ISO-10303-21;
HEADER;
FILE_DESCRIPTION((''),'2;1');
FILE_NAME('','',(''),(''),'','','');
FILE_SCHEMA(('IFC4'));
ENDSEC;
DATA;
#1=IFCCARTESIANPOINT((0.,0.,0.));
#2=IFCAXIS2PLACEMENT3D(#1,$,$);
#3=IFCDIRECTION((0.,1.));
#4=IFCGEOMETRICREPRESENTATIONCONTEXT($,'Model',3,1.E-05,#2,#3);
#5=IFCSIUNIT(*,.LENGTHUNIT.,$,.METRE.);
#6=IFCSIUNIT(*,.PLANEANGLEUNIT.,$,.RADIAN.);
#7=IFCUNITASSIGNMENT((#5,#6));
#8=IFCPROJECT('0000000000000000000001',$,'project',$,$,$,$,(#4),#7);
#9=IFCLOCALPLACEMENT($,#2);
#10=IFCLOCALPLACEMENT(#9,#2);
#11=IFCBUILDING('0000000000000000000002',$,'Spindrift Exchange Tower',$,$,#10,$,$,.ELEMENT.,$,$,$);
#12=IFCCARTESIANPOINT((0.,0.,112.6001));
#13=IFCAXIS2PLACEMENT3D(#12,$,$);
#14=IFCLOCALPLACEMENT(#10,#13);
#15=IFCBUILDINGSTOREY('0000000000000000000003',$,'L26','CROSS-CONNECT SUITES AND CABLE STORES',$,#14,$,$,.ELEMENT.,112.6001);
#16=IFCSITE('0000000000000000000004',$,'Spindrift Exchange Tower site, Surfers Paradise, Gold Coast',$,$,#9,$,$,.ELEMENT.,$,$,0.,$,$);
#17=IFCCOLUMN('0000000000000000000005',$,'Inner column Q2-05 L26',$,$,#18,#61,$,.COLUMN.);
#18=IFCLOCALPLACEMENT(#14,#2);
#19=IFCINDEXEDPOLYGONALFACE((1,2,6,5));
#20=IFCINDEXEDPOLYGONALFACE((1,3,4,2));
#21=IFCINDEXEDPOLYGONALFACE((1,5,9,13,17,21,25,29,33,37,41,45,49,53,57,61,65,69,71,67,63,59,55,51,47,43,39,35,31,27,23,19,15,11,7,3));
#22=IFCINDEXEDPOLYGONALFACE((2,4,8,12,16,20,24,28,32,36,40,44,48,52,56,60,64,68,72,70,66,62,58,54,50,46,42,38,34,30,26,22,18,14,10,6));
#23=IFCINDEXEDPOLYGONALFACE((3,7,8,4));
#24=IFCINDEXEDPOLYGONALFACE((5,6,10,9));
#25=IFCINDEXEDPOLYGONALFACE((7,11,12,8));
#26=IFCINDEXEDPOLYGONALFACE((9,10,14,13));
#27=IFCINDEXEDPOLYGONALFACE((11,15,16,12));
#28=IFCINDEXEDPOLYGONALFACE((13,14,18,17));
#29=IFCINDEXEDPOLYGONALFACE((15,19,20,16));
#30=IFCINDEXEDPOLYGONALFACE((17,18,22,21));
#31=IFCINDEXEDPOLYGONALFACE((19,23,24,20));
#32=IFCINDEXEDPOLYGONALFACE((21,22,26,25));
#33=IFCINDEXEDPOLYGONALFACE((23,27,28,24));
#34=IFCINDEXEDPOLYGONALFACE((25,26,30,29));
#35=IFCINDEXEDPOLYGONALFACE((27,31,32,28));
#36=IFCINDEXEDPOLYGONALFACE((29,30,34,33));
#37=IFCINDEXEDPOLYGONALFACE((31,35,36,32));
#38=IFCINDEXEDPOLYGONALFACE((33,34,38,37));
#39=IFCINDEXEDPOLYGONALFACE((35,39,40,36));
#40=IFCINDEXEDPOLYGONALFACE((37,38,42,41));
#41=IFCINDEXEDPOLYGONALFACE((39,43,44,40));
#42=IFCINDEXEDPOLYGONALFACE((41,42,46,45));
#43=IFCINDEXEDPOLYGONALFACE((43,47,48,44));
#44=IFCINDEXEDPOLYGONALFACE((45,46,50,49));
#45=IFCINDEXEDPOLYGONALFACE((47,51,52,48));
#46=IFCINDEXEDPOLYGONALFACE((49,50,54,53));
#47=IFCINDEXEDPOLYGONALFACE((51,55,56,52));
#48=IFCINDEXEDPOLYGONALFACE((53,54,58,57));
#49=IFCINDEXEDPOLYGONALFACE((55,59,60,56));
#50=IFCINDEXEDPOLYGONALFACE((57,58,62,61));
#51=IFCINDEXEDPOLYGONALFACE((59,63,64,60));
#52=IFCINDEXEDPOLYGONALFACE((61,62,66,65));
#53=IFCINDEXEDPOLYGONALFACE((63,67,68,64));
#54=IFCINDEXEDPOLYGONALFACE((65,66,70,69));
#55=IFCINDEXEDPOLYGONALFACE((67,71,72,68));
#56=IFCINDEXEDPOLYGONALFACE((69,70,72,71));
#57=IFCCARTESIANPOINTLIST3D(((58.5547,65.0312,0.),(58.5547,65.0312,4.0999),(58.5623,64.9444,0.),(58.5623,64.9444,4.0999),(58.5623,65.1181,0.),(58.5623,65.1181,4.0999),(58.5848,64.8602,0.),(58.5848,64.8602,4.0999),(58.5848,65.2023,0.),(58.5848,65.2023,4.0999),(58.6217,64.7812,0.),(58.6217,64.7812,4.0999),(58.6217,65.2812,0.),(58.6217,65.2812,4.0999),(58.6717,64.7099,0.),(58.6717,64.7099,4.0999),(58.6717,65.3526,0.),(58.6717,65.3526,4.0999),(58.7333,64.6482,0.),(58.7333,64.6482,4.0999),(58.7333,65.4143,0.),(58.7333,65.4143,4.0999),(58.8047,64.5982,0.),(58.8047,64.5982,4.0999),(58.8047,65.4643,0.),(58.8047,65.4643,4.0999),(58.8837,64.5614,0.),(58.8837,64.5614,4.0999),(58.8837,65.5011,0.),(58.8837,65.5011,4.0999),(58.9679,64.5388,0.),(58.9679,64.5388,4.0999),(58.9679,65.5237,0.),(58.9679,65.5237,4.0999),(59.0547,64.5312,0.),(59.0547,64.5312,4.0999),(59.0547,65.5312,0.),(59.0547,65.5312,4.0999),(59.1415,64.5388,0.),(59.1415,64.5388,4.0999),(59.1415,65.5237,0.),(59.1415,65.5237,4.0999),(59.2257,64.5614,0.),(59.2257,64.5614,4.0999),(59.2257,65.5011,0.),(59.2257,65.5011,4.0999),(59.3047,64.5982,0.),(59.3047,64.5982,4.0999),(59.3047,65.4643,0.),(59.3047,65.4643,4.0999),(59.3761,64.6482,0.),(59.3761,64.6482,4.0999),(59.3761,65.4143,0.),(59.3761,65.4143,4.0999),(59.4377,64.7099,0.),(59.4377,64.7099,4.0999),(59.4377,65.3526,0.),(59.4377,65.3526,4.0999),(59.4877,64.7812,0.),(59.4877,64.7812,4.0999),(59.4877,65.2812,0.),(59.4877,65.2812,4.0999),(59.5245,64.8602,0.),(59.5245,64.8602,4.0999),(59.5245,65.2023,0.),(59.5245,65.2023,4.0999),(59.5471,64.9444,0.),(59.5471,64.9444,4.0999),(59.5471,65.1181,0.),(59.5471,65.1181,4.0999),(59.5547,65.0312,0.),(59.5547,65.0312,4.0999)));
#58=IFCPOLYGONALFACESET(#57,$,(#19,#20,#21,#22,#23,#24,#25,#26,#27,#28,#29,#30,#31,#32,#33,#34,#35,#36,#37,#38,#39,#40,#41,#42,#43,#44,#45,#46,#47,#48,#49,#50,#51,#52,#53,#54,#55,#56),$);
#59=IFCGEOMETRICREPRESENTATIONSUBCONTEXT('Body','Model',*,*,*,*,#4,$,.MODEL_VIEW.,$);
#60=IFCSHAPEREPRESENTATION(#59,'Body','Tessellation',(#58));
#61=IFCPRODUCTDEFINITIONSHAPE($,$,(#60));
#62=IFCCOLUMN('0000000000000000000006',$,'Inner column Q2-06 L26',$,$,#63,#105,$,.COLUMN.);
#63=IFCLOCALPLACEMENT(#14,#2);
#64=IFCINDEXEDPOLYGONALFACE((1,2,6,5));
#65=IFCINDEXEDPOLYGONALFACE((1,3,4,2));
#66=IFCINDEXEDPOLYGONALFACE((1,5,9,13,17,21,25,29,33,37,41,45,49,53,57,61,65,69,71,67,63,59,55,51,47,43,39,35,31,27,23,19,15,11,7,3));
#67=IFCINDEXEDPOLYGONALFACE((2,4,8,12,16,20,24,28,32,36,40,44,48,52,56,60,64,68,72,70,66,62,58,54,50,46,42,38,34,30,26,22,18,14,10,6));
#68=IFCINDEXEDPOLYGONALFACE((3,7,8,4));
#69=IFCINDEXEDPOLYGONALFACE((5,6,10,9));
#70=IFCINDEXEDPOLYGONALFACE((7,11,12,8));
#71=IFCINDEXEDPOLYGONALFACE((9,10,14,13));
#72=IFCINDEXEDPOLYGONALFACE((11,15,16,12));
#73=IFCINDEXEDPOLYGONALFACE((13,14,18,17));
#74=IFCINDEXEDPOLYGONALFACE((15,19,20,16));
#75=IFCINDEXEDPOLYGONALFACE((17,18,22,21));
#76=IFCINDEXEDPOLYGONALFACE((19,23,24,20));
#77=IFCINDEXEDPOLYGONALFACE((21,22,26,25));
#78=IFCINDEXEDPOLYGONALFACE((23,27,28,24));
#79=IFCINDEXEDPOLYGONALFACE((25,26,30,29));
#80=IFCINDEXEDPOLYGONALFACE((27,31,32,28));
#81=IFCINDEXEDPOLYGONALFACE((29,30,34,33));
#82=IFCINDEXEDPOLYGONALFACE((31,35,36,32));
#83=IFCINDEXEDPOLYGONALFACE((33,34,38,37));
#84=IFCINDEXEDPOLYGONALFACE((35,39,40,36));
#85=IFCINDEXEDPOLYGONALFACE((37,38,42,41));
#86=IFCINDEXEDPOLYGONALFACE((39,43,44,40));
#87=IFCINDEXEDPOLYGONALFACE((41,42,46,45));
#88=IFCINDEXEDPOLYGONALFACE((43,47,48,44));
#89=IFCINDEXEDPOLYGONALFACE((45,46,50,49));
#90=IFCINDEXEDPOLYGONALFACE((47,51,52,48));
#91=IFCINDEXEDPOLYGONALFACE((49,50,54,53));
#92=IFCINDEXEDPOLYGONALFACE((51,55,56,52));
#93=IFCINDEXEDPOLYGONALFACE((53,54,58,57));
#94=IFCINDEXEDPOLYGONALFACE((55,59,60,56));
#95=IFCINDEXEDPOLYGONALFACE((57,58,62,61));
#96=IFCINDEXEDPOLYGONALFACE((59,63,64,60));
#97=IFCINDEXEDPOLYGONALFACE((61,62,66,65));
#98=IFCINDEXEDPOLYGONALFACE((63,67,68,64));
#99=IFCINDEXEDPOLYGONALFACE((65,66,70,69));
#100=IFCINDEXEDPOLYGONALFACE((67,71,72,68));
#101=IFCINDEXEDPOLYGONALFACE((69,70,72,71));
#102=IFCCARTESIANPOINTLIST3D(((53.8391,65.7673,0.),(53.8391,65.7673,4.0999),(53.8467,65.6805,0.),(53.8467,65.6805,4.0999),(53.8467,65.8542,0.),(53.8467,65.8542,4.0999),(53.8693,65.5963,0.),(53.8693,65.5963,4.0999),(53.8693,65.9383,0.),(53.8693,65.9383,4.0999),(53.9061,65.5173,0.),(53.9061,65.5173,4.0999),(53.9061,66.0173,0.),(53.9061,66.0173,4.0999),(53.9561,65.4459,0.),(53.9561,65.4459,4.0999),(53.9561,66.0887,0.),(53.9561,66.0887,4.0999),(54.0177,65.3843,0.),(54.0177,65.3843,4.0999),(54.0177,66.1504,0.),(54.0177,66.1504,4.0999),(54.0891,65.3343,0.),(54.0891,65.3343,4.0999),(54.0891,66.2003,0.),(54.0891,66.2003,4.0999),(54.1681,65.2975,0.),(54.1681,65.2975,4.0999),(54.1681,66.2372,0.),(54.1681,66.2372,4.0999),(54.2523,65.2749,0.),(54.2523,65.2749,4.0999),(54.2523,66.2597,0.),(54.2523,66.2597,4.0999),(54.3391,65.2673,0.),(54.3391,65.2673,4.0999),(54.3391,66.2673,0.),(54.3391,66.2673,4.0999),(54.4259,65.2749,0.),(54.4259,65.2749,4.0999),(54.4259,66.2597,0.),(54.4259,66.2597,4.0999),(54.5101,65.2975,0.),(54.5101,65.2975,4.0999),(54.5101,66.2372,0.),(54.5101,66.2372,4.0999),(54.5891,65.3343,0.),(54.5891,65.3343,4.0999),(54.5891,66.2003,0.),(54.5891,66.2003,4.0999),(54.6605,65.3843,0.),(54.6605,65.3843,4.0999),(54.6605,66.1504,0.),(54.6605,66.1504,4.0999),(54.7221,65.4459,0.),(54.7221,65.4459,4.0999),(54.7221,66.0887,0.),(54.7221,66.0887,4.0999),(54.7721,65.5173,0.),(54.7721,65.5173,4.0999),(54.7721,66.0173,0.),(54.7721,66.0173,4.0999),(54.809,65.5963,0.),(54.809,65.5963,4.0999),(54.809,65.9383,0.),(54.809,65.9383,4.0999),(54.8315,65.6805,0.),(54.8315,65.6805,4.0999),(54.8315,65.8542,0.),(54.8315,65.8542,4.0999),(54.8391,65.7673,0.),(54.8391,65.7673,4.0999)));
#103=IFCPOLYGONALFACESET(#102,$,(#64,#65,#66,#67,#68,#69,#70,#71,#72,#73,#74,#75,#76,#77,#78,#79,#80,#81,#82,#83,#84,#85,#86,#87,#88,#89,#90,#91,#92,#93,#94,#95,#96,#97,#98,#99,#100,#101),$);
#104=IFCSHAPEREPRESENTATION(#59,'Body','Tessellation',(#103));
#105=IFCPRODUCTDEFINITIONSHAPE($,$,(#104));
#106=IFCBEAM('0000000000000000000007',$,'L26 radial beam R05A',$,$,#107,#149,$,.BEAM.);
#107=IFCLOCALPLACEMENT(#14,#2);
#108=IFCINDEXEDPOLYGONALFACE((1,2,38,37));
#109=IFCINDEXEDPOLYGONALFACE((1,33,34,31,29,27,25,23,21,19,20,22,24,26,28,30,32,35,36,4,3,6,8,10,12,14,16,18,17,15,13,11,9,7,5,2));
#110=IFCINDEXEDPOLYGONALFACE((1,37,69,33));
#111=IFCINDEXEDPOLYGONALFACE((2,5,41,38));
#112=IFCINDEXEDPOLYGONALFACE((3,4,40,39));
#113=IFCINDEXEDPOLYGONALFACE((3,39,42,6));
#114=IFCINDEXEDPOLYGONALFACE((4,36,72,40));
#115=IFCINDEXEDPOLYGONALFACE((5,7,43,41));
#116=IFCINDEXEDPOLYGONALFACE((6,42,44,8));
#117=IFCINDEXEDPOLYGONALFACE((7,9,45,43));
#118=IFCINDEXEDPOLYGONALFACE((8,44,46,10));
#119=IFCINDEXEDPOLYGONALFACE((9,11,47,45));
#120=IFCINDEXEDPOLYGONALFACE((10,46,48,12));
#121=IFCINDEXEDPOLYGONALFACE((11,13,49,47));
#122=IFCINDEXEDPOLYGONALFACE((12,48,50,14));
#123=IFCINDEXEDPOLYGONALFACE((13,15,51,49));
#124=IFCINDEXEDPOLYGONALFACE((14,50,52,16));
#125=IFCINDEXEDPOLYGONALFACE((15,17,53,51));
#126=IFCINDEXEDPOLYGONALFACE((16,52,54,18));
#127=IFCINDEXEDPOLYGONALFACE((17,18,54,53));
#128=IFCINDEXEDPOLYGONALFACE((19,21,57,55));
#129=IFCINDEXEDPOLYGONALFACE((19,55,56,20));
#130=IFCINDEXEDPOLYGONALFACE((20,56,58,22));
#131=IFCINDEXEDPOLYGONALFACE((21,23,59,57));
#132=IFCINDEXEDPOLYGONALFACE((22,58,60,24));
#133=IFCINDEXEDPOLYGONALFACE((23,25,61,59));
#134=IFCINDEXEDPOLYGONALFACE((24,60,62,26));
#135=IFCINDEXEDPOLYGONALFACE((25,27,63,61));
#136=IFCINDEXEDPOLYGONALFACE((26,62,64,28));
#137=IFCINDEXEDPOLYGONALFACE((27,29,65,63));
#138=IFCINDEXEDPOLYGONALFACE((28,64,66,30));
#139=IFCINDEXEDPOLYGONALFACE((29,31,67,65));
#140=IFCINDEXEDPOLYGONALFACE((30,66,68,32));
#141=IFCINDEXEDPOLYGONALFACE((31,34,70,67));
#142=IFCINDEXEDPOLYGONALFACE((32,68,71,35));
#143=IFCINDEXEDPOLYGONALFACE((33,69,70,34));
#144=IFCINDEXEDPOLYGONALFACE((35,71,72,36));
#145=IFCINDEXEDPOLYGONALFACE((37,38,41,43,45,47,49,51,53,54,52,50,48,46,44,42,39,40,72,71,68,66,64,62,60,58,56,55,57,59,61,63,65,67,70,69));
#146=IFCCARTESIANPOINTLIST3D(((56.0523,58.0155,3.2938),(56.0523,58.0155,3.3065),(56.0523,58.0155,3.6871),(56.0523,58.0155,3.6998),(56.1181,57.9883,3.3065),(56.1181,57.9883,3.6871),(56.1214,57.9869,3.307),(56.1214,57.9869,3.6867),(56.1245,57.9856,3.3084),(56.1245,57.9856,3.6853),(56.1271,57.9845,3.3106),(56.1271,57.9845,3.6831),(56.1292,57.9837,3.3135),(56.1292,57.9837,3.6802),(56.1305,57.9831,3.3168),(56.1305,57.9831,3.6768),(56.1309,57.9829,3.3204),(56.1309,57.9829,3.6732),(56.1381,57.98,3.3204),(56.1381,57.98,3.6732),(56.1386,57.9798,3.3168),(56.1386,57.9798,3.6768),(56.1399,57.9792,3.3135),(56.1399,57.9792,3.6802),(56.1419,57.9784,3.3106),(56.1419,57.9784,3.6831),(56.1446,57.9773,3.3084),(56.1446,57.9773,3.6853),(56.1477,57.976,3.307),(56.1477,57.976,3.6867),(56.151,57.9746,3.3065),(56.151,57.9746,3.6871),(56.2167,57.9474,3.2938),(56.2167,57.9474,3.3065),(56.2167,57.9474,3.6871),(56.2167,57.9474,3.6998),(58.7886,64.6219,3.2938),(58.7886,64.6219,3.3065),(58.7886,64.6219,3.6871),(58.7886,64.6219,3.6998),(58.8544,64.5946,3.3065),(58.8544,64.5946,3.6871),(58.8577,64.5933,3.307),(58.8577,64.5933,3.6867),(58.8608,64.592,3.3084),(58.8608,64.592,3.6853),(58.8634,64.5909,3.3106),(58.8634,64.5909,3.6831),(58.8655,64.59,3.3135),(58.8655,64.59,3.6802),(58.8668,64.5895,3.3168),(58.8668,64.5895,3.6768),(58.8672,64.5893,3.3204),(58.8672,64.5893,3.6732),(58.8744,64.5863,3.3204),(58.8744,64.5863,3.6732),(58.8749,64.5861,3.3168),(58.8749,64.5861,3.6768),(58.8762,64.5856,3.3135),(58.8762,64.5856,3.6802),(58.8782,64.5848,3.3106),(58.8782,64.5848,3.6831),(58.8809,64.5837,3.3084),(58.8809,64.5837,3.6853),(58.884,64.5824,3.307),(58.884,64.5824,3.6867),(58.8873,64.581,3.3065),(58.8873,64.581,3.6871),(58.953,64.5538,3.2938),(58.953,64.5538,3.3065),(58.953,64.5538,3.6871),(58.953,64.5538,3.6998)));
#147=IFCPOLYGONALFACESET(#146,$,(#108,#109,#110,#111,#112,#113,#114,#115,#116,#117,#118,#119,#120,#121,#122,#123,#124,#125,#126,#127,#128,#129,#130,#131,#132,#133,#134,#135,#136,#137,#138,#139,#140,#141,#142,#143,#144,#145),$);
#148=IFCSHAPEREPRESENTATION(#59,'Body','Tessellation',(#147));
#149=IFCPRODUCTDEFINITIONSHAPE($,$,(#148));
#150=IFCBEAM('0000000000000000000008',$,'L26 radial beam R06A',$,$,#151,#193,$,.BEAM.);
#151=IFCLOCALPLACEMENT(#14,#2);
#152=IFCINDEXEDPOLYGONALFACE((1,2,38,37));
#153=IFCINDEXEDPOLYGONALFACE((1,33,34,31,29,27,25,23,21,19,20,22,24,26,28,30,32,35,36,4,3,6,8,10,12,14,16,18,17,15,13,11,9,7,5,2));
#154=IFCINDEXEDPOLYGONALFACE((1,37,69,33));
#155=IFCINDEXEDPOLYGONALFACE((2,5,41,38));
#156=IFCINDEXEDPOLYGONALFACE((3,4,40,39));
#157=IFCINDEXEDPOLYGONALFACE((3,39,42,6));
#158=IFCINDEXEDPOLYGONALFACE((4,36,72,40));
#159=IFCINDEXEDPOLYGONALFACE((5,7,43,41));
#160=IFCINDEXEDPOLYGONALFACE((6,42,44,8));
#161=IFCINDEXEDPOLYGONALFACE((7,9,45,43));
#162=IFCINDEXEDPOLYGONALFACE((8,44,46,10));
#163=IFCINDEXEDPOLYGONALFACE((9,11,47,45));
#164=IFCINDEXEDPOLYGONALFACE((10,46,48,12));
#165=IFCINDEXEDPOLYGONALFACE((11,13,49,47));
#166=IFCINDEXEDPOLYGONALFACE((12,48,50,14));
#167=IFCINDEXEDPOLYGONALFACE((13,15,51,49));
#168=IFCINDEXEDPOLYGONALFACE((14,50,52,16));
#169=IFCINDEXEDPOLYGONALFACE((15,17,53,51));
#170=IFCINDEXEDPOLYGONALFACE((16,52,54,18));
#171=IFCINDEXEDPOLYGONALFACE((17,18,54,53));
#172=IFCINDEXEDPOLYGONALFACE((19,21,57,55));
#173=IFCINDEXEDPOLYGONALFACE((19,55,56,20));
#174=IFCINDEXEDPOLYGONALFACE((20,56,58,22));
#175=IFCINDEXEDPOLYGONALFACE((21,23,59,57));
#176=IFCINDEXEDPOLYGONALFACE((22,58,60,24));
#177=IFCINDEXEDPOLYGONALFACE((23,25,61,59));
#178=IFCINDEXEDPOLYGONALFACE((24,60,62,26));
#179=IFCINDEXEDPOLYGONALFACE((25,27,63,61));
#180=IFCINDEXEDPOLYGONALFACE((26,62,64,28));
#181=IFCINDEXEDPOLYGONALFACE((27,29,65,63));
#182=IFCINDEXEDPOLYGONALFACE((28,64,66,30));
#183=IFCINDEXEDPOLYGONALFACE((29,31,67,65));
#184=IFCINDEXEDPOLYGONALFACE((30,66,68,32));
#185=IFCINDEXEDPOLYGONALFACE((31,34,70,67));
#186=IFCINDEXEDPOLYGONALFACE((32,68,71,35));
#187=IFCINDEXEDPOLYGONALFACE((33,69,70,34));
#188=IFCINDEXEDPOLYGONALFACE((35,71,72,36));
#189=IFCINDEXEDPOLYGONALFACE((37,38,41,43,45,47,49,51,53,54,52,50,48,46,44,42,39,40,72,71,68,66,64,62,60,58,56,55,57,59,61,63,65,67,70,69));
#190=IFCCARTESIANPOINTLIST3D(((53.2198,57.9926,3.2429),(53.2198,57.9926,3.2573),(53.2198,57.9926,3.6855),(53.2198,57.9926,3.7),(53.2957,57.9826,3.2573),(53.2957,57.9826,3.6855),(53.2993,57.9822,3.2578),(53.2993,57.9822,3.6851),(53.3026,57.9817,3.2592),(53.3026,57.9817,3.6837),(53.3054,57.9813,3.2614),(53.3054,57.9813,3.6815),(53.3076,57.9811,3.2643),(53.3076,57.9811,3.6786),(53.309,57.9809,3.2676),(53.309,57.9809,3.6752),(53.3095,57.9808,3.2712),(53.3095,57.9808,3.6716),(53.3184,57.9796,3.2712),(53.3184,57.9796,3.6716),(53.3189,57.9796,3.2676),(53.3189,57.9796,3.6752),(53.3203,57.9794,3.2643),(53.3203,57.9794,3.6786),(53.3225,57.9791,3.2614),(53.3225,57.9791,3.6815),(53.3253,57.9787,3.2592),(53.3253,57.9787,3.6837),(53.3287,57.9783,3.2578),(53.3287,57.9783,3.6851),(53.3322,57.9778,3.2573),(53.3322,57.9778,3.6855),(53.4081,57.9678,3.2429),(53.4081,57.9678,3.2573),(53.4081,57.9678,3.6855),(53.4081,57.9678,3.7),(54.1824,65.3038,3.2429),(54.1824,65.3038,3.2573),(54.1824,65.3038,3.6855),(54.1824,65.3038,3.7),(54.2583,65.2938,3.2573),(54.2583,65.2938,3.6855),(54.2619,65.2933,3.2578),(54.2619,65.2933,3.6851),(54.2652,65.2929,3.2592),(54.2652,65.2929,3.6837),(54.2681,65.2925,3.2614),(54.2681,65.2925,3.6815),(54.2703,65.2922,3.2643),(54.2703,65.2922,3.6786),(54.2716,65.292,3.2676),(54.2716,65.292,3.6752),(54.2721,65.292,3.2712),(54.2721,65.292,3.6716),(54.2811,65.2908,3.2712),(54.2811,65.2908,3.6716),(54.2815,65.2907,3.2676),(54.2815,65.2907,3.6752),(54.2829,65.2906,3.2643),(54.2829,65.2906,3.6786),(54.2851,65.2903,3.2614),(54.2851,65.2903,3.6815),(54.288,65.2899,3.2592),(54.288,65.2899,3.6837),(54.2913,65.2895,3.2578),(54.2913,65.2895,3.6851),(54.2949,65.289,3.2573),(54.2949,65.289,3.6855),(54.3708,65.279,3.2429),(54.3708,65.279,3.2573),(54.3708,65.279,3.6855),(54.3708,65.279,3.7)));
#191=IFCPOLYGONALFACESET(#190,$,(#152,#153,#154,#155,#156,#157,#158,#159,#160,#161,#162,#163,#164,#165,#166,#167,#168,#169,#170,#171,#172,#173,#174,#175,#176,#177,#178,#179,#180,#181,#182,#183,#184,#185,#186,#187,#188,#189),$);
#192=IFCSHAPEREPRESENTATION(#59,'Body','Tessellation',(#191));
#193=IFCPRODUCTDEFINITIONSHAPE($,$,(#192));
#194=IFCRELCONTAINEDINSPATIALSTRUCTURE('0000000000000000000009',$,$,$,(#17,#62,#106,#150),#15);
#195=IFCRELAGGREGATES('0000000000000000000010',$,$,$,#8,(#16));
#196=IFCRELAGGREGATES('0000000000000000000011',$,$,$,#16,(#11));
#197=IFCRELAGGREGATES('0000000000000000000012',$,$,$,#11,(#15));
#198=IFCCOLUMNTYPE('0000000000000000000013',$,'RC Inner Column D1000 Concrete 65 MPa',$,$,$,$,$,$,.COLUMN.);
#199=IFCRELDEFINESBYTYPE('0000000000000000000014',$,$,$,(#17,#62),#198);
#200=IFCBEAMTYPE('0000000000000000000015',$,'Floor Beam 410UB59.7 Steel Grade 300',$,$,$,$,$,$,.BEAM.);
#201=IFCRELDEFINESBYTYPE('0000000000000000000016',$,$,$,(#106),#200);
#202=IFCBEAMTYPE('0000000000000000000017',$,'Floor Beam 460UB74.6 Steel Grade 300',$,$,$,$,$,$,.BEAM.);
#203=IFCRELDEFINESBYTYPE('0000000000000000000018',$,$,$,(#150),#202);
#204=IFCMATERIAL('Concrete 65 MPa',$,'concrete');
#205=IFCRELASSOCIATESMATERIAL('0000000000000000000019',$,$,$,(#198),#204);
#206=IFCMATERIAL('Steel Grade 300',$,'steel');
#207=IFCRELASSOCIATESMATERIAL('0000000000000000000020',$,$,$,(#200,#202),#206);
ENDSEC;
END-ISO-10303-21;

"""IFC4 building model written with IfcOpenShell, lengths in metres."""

from ifc_helpers import new_model, si_unit, direction, frame, origin, origin_2d, place, context, subcontext, project, spatial, circle, i_section, extrude, source, transform, mapped, material, material_profile, profile_set, type_object, element, save


model = new_model("IFC4")

# Units and contexts
model_context = context("Model", 3, precision=1e-05, world=origin(), true_north=direction((0.0, 1.0)))
body_context = subcontext(model_context, "Body", "Model", "MODEL_VIEW")
ifc_project = project(units=[si_unit("LENGTHUNIT", "METRE"), si_unit("PLANEANGLEUNIT", "RADIAN")], contexts=[model_context])

# Site, building, storey
site_placement = place(None, origin())
site = spatial("IfcSite", under=ifc_project, at=site_placement, Name="Spindrift Exchange Tower site, Surfers Paradise, Gold Coast", CompositionType="ELEMENT", RefElevation=0.0)
building_placement = place(site_placement, origin())
building = spatial("IfcBuilding", under=site, at=building_placement, Name="Spindrift Exchange Tower", CompositionType="ELEMENT")
storey_placement = place(building_placement, frame((0.0, 0.0, 112.6001)))
storey = spatial("IfcBuildingStorey", under=building, at=storey_placement, Name="L26", Description="CROSS-CONNECT SUITES AND CABLE STORES", CompositionType="ELEMENT", Elevation=112.6001)

# Columns
ifc_material_1 = material(Name="Concrete 65 MPa", Category="concrete")
ifc_material_profile_1 = material_profile(ifc_material_1, circle(Radius=0.5, at=origin_2d()), Name="RC D1000")
ifc_profile_set_1 = profile_set([ifc_material_profile_1], Name="Concrete 65 MPa")
column_type = type_object("IfcColumnType", Name="RC Inner Column D1000 Concrete 65 MPa", PredefinedType="COLUMN", material=ifc_profile_set_1)
shared_shape_1 = source(origin(), body_context, "Body", "SweptSolid", [
    extrude(circle(Radius=0.5, at=origin_2d()), origin(), (0.0, 0.0, 1.0), 4.0999),
])
for number, where, z_axis, x_axis, name in (
    (1, (59.0547, 65.0312, 0.0), (0.0, 0.0, 1.0), (1.0, 0.0, 0.0), "Inner column Q2-05 L26"),
    (2, (54.3391, 65.7673, 0.0), (0.0, 0.0, 1.0), (1.0, 0.0, 0.0), "Inner column Q2-06 L26"),
):
    element("IfcColumn", number, at=place(storey_placement, frame(where, z_axis=z_axis, x_axis=x_axis)), inside=storey, type_object=column_type, Name=name, PredefinedType="COLUMN", context=body_context, shape_type="MappedRepresentation", body=[
        mapped(shared_shape_1, transform((0.0, 0.0, 0.0), scale=1.0)),
    ])

# Beams
ifc_material_2 = material(Name="Steel Grade 300", Category="steel")
ifc_material_profile_2 = material_profile(ifc_material_2, i_section(OverallWidth=0.178, OverallDepth=0.406, WebThickness=0.0078, FlangeThickness=0.0127, FilletRadius=0.0139, at=origin_2d()), Name="410UB59.7")
ifc_profile_set_2 = profile_set([ifc_material_profile_2], Name="Steel Grade 300")
beam_type_1 = type_object("IfcBeamType", Name="Floor Beam 410UB59.7 Steel Grade 300", PredefinedType="BEAM", material=ifc_profile_set_2)
shared_shape_2 = source(origin(), body_context, "Body", "SweptSolid", [
    extrude(i_section(OverallWidth=0.178, OverallDepth=0.406, WebThickness=0.0078, FlangeThickness=0.0127, FilletRadius=0.0139, at=origin_2d()), origin(), (0.0, 0.0, 1.0), 7.1506),
])
beam_1_placement = place(storey_placement, frame((56.1345, 57.9814, 3.4968), z_axis=(0.382665, 0.923887, 0.0), x_axis=(-0.923887, 0.382665, 0.0)))
element("IfcBeam", 3, at=beam_1_placement, inside=storey, type_object=beam_type_1, Name="L26 radial beam R05A", PredefinedType="BEAM", context=body_context, shape_type="MappedRepresentation", body=[
    mapped(shared_shape_2, transform((0.0, 0.0, 0.0), scale=1.0)),
])
ifc_material_profile_3 = material_profile(ifc_material_2, i_section(OverallWidth=0.1899, OverallDepth=0.457, WebThickness=0.009, FlangeThickness=0.0144, FilletRadius=0.0139, at=origin_2d()), Name="460UB74.6")
ifc_profile_set_3 = profile_set([ifc_material_profile_3], Name="Steel Grade 300")
beam_type_2 = type_object("IfcBeamType", Name="Floor Beam 460UB74.6 Steel Grade 300", PredefinedType="BEAM", material=ifc_profile_set_3)
shared_shape_3 = source(origin(), body_context, "Body", "SweptSolid", [
    extrude(i_section(OverallWidth=0.1899, OverallDepth=0.457, WebThickness=0.009, FlangeThickness=0.0144, FilletRadius=0.0139, at=origin_2d()), origin(), (0.0, 0.0, 1.0), 7.3743),
])
beam_2_placement = place(storey_placement, frame((53.314, 57.9802, 3.4714), z_axis=(0.130539, 0.991443, 0.0), x_axis=(-0.991443, 0.130539, 0.0)))
element("IfcBeam", 4, at=beam_2_placement, inside=storey, type_object=beam_type_2, Name="L26 radial beam R06A", PredefinedType="BEAM", context=body_context, shape_type="MappedRepresentation", body=[
    mapped(shared_shape_3, transform((0.0, 0.0, 0.0), scale=1.0)),
])

save(model, "model.ifc")
